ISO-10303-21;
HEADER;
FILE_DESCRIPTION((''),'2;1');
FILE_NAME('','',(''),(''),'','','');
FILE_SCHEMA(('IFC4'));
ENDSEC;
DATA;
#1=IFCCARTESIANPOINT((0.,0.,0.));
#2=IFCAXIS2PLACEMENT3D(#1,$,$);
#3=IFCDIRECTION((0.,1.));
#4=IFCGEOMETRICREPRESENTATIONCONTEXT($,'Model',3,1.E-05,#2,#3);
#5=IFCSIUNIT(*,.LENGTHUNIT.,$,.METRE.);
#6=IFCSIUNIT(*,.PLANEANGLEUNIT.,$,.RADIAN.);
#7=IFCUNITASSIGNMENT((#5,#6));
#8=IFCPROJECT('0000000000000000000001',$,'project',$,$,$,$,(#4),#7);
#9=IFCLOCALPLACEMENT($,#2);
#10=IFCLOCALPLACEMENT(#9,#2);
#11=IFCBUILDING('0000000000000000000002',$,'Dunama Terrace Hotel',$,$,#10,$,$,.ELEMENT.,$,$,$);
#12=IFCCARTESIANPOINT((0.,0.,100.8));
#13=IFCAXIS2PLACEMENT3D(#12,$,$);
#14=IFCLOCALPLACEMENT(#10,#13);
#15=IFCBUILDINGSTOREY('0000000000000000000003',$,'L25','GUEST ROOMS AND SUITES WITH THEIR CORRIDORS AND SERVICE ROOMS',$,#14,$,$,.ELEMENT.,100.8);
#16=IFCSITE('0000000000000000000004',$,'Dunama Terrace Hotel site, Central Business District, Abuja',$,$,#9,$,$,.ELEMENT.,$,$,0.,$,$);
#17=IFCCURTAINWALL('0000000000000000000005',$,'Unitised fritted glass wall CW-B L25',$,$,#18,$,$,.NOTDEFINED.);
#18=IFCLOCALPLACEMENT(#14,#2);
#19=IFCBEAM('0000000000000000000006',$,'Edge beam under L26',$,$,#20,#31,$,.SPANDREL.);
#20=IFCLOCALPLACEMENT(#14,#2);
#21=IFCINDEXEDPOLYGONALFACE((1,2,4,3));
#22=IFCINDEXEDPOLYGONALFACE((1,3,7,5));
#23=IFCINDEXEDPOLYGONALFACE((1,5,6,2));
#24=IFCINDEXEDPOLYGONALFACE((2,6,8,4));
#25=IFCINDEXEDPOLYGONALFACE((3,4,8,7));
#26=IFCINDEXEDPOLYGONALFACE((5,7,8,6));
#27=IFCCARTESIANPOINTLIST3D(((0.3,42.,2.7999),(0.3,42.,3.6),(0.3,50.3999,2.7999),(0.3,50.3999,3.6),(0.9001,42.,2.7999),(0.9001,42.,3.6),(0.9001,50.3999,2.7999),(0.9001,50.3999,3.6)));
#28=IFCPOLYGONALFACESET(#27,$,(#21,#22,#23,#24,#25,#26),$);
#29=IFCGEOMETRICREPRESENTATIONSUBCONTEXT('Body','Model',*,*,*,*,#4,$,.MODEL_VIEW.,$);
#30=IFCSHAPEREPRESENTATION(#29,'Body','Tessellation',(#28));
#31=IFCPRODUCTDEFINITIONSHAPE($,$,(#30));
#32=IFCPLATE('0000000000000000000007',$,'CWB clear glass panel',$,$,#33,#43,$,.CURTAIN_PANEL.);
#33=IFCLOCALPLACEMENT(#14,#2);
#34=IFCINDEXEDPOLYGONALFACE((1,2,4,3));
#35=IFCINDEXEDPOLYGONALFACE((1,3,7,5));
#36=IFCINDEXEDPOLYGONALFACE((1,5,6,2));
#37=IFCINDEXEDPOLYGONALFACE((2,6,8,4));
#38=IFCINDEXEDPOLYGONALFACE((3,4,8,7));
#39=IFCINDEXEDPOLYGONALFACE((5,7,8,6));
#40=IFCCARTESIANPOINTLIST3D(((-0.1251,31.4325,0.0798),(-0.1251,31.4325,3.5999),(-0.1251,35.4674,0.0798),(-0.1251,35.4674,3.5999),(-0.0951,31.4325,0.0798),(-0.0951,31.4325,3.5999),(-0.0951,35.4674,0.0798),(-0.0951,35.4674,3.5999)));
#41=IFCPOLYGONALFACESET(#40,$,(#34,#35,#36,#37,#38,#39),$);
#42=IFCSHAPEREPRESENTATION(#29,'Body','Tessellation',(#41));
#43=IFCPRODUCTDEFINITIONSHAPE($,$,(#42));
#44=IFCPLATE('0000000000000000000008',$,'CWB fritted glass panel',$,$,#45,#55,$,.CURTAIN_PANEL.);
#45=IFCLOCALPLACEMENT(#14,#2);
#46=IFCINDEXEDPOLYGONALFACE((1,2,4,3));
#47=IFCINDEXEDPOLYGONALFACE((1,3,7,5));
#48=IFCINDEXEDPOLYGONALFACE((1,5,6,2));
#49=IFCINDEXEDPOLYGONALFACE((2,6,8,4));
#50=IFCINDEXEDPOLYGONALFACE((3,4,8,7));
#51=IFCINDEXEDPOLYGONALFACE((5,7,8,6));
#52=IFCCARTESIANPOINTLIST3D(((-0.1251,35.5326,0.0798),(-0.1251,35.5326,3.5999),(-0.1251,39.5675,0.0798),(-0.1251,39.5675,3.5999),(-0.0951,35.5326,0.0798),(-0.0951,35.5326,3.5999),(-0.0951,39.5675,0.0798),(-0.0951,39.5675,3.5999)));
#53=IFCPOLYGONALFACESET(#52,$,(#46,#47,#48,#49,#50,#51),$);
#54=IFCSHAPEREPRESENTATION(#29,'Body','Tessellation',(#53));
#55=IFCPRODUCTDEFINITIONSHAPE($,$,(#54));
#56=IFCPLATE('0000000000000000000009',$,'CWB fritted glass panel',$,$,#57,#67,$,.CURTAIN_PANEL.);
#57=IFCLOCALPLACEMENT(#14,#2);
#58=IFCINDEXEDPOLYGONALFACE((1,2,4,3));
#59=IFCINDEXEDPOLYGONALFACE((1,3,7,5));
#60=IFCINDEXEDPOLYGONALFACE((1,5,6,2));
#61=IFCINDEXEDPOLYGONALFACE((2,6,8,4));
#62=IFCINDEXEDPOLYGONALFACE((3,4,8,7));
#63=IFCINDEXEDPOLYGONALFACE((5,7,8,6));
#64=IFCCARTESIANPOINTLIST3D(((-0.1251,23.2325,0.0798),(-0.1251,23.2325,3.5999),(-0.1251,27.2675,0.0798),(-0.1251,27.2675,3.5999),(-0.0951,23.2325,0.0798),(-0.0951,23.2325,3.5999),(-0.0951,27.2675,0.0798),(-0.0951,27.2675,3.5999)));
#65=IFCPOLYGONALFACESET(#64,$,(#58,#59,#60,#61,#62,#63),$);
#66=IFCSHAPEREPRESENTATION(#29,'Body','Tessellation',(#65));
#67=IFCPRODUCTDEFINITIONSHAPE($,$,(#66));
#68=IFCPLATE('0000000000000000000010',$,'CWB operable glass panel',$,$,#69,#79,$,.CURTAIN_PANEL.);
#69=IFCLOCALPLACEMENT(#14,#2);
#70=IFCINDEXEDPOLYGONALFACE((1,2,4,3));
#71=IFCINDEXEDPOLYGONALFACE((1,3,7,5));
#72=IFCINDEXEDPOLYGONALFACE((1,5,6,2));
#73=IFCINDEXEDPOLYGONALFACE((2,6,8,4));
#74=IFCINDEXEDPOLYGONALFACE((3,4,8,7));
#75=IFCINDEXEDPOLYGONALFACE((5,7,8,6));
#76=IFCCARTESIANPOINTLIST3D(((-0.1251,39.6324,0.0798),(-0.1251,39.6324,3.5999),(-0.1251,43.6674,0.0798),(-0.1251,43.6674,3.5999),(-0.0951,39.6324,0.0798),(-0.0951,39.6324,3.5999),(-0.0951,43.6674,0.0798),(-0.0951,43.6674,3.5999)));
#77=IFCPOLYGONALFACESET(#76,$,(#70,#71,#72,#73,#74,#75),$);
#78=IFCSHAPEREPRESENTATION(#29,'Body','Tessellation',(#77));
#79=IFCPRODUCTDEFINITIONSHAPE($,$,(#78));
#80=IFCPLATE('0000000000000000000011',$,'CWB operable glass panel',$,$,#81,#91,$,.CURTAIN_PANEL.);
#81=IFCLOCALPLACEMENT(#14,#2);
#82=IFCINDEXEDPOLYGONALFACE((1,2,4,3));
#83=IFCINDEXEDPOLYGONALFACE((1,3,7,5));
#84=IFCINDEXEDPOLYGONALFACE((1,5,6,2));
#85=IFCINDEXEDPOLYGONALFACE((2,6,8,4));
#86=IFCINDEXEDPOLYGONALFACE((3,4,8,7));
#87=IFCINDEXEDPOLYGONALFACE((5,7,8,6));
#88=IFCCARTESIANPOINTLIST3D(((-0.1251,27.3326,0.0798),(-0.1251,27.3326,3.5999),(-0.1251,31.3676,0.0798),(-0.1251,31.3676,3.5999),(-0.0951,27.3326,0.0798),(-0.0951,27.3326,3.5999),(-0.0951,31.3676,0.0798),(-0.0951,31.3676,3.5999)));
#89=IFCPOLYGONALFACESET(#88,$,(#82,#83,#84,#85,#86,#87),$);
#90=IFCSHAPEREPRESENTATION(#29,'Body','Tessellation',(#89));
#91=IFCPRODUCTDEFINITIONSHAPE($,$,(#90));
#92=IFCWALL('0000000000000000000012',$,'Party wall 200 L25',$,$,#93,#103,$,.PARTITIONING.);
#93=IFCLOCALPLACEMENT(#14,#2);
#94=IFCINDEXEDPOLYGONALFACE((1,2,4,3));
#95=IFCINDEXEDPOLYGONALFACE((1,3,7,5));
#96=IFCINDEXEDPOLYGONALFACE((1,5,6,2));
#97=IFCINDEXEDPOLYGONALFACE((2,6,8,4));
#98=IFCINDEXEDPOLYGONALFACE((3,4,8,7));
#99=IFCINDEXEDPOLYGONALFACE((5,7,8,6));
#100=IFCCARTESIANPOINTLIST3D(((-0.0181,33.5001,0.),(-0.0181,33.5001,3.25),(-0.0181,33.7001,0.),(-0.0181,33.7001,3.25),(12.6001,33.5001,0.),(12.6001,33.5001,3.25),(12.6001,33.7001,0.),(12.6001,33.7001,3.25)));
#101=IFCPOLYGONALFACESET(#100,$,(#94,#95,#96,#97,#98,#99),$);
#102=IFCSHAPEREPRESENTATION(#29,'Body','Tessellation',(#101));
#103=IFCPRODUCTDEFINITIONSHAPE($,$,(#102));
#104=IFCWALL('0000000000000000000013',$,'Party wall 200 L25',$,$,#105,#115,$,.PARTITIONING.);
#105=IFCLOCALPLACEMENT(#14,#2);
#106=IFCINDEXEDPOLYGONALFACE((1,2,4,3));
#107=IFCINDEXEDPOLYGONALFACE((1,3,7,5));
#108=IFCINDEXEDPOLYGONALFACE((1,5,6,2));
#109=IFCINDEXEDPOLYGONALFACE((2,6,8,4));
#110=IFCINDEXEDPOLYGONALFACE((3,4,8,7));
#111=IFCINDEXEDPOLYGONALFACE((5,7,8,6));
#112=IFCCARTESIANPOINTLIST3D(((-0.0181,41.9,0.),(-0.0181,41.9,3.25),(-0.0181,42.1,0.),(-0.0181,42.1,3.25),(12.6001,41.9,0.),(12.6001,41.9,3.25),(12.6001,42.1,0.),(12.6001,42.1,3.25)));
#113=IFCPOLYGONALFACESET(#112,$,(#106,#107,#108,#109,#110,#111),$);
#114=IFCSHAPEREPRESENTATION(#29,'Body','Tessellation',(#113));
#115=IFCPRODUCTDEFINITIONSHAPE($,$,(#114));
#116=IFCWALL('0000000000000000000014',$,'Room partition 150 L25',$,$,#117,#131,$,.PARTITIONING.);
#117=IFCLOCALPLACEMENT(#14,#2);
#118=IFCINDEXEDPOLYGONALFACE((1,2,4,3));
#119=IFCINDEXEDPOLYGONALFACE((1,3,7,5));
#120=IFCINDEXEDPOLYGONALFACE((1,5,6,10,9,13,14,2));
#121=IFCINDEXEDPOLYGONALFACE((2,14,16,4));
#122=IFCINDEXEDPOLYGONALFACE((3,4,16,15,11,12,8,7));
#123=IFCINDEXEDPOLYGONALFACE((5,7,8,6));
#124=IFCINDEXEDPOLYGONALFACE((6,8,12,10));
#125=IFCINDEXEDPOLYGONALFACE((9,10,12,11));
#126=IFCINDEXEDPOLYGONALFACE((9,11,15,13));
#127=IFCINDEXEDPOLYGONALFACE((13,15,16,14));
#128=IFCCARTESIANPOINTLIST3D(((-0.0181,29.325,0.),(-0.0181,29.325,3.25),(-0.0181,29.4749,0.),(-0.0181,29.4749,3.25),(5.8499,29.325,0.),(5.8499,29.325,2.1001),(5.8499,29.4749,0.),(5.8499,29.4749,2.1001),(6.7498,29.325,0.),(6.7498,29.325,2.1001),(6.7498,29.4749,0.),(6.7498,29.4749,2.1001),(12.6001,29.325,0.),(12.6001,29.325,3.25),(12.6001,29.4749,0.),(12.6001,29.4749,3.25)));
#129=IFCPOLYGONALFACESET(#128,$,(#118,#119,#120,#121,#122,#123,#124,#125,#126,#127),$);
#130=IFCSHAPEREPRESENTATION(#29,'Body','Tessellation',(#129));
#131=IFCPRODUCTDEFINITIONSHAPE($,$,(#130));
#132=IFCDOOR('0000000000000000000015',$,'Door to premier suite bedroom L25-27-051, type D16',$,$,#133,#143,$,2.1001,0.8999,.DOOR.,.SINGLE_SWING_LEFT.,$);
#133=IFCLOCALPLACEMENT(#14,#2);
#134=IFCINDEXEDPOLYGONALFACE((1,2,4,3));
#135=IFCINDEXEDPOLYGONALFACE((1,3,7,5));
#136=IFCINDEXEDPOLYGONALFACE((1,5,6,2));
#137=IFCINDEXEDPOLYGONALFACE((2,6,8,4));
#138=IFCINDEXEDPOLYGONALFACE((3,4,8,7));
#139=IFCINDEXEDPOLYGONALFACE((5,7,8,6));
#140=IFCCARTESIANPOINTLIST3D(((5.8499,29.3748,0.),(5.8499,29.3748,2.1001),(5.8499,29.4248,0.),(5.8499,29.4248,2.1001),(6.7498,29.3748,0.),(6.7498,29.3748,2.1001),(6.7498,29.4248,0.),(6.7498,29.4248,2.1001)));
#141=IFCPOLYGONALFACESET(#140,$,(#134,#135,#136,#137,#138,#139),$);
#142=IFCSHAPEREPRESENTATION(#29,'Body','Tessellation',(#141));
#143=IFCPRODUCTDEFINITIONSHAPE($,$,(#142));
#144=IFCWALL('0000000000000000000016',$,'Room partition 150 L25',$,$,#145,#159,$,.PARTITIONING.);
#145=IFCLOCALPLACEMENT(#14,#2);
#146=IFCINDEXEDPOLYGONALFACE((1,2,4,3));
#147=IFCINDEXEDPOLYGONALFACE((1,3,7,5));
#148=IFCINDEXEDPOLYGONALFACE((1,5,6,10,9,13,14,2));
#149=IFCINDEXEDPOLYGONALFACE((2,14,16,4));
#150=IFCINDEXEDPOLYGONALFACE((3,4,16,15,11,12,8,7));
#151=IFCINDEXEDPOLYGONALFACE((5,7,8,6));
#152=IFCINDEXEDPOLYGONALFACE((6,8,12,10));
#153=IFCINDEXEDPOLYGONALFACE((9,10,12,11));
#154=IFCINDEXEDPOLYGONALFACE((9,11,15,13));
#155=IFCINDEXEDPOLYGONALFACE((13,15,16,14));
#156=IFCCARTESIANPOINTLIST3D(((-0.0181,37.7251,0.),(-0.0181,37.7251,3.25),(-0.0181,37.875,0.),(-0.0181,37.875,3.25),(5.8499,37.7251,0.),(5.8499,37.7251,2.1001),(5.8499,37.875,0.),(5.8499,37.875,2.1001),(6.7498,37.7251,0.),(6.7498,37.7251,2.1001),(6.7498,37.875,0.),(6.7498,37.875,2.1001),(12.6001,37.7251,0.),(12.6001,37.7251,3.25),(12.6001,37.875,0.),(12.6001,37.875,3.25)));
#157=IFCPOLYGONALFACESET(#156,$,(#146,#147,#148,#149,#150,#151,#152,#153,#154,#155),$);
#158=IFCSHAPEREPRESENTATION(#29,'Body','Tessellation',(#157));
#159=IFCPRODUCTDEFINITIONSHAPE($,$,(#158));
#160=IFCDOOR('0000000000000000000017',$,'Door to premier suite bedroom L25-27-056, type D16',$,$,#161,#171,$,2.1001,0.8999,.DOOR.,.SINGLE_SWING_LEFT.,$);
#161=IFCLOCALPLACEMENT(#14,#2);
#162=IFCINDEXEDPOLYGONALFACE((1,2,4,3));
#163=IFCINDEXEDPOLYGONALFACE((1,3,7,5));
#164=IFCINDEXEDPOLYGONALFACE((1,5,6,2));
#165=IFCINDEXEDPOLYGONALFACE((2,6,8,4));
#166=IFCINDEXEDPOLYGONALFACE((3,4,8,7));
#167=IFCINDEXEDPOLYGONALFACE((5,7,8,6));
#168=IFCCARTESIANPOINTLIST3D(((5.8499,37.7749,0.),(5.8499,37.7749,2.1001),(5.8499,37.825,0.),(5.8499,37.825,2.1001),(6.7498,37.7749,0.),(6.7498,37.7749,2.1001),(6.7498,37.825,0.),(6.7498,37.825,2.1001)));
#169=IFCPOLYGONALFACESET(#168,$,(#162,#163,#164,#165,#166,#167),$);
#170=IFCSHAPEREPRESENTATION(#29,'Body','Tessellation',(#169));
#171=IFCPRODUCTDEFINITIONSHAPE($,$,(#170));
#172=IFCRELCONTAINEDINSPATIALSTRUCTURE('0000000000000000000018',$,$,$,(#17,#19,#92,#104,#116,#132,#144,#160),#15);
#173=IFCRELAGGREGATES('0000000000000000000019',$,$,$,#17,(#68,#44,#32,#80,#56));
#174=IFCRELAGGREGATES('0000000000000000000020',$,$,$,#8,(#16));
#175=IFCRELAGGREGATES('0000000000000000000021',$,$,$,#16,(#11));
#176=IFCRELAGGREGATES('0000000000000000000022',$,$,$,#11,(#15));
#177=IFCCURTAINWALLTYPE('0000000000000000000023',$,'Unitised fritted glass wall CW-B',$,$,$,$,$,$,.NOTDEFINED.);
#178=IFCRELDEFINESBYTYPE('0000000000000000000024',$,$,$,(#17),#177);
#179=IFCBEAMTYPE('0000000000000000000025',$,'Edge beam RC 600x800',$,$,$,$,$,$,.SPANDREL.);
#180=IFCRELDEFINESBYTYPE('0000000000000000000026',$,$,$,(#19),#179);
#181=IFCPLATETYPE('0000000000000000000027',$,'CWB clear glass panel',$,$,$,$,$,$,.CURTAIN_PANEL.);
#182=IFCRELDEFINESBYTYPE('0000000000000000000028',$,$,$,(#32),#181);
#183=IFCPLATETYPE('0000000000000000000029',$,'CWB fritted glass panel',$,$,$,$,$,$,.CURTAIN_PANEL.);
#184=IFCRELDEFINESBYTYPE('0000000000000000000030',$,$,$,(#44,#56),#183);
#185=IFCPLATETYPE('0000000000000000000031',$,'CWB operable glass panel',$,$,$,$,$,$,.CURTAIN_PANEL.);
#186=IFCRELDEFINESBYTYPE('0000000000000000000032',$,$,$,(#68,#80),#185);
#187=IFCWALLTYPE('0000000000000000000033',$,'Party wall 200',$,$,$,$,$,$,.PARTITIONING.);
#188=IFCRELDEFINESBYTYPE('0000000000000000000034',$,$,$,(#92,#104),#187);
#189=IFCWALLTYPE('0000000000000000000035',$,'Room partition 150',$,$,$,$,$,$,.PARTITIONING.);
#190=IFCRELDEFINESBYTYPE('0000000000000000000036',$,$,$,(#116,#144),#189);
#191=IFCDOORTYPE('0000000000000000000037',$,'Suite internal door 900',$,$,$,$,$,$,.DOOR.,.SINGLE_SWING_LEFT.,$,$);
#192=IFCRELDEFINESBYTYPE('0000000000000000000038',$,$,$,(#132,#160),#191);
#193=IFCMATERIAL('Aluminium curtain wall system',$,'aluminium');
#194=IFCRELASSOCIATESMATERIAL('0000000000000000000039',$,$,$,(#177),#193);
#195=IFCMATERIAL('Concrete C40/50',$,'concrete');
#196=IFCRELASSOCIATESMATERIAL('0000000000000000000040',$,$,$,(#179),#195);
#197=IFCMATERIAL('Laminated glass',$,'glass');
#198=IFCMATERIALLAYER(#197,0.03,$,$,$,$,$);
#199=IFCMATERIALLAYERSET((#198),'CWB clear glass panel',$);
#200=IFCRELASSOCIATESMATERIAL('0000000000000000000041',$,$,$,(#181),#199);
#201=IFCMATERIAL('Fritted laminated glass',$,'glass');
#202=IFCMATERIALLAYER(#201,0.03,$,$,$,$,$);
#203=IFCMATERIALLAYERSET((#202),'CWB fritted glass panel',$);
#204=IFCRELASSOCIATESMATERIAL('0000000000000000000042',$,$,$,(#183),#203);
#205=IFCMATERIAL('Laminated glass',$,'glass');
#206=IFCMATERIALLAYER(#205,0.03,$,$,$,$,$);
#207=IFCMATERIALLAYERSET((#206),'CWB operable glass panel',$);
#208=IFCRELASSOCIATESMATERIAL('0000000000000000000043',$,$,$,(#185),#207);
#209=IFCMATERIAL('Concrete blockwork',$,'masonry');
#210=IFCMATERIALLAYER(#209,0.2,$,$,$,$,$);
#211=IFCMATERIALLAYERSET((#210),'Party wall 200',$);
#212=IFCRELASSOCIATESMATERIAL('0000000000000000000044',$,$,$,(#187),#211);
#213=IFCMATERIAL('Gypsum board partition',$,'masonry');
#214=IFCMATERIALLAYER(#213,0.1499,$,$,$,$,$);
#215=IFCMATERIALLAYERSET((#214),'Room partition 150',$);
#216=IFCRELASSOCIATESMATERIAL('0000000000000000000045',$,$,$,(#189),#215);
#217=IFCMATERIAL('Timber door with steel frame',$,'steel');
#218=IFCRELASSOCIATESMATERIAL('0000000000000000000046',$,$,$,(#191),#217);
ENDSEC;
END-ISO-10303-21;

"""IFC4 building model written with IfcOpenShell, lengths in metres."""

from ifc_helpers import new_model, si_unit, direction, frame, frame_2d, origin, origin_2d, place, context, subcontext, project, spatial, rectangle, extrude, material, layer, layer_set, material_profile, profile_set, type_object, element, fill, aggregate, save


model = new_model("IFC4")

# Units and contexts
model_context = context("Model", 3, precision=1e-05, world=origin(), true_north=direction((0.0, 1.0)))
body_context = subcontext(model_context, "Body", "Model", "MODEL_VIEW")
ifc_project = project(units=[si_unit("LENGTHUNIT", "METRE"), si_unit("PLANEANGLEUNIT", "RADIAN")], contexts=[model_context])

# Site, building, storey
site_placement = place(None, origin())
site = spatial("IfcSite", under=ifc_project, at=site_placement, Name="Dunama Terrace Hotel site, Central Business District, Abuja", CompositionType="ELEMENT", RefElevation=0.0)
building_placement = place(site_placement, origin())
building = spatial("IfcBuilding", under=site, at=building_placement, Name="Dunama Terrace Hotel", CompositionType="ELEMENT")
storey_placement = place(building_placement, frame((0.0, 0.0, 100.8)))
storey = spatial("IfcBuildingStorey", under=building, at=storey_placement, Name="L25", Description="GUEST ROOMS AND SUITES WITH THEIR CORRIDORS AND SERVICE ROOMS", CompositionType="ELEMENT", Elevation=100.8)

# Curtain wall
ifc_material_1 = material(Name="Aluminium curtain wall system", Category="aluminium")
curtain_wall_type = type_object("IfcCurtainWallType", Name="Unitised fritted glass wall CW-B", PredefinedType="NOTDEFINED", material=ifc_material_1)
curtain_wall_placement = place(storey_placement, origin())
curtain_wall = element("IfcCurtainWall", 1, at=curtain_wall_placement, inside=storey, type_object=curtain_wall_type, Name="Unitised fritted glass wall CW-B L25", PredefinedType="NOTDEFINED")

# Beam
ifc_material_2 = material(Name="Concrete C40/50", Category="concrete")
ifc_material_profile_1 = material_profile(ifc_material_2, rectangle(XDim=0.6001, YDim=0.8, at=origin_2d()), Name="RC 600x800")
ifc_profile_set_1 = profile_set([ifc_material_profile_1], Name="Concrete C40/50")
beam_type = type_object("IfcBeamType", Name="Edge beam RC 600x800", PredefinedType="SPANDREL", material=ifc_profile_set_1)
for number, where, z_axis, x_axis, name in (
    (2, (0.6001, 42.0, 3.2), (0.0, 1.0, 0.0), (-1.0, 0.0, 0.0), "Edge beam under L26"),
):
    element("IfcBeam", number, at=place(storey_placement, frame(where, z_axis=z_axis, x_axis=x_axis)), inside=storey, type_object=beam_type, Name=name, PredefinedType="SPANDREL", context=body_context, shape_type="SweptSolid", body=[
        extrude(rectangle(XDim=0.6001, YDim=0.8, at=origin_2d()), origin(), (0.0, 0.0, 1.0), 8.3999),
    ])

# Plates
ifc_material_3 = material(Name="Laminated glass", Category="glass")
ifc_layer_1 = layer(ifc_material_3, 0.03)
ifc_layer_set_1 = layer_set([ifc_layer_1], Name="CWB clear glass panel")
plate_type_1 = type_object("IfcPlateType", Name="CWB clear glass panel", PredefinedType="CURTAIN_PANEL", material=ifc_layer_set_1)
plate_1_placement = place(storey_placement, frame((-0.1101, 33.45, 0.0798), z_axis=(0.0, 0.0, 1.0), x_axis=(0.0, -1.0, 0.0)))
plate_1 = element("IfcPlate", 3, at=plate_1_placement, type_object=plate_type_1, Name="CWB clear glass panel", PredefinedType="CURTAIN_PANEL", context=body_context, shape_type="SweptSolid", body=[
    extrude(rectangle(XDim=4.0349, YDim=0.03, at=origin_2d()), origin(), (0.0, 0.0, 1.0), 3.52),
])
ifc_material_4 = material(Name="Fritted laminated glass", Category="glass")
ifc_layer_2 = layer(ifc_material_4, 0.03)
ifc_layer_set_2 = layer_set([ifc_layer_2], Name="CWB fritted glass panel")
plate_type_2 = type_object("IfcPlateType", Name="CWB fritted glass panel", PredefinedType="CURTAIN_PANEL", material=ifc_layer_set_2)
plate_2_placement = place(storey_placement, frame((-0.1101, 37.55, 0.0798), z_axis=(0.0, 0.0, 1.0), x_axis=(0.0, -1.0, 0.0)))
plate_2 = element("IfcPlate", 4, at=plate_2_placement, type_object=plate_type_2, Name="CWB fritted glass panel", PredefinedType="CURTAIN_PANEL", context=body_context, shape_type="SweptSolid", body=[
    extrude(rectangle(XDim=4.0349, YDim=0.03, at=origin_2d()), origin(), (0.0, 0.0, 1.0), 3.52),
])
plate_3_placement = place(storey_placement, frame((-0.1101, 25.25, 0.0798), z_axis=(0.0, 0.0, 1.0), x_axis=(0.0, -1.0, 0.0)))
plate_3 = element("IfcPlate", 5, at=plate_3_placement, type_object=plate_type_2, Name="CWB fritted glass panel", PredefinedType="CURTAIN_PANEL", context=body_context, shape_type="SweptSolid", body=[
    extrude(rectangle(XDim=4.0349, YDim=0.03, at=origin_2d()), origin(), (0.0, 0.0, 1.0), 3.52),
])
ifc_material_5 = material(Name="Laminated glass", Category="glass")
ifc_layer_3 = layer(ifc_material_5, 0.03)
ifc_layer_set_3 = layer_set([ifc_layer_3], Name="CWB operable glass panel")
plate_type_3 = type_object("IfcPlateType", Name="CWB operable glass panel", PredefinedType="CURTAIN_PANEL", material=ifc_layer_set_3)
plate_4_placement = place(storey_placement, frame((-0.1101, 41.6499, 0.0798), z_axis=(0.0, 0.0, 1.0), x_axis=(0.0, -1.0, 0.0)))
plate_4 = element("IfcPlate", 6, at=plate_4_placement, type_object=plate_type_3, Name="CWB operable glass panel", PredefinedType="CURTAIN_PANEL", context=body_context, shape_type="SweptSolid", body=[
    extrude(rectangle(XDim=4.0349, YDim=0.03, at=origin_2d()), origin(), (0.0, 0.0, 1.0), 3.52),
])
plate_5_placement = place(storey_placement, frame((-0.1101, 29.3501, 0.0798), z_axis=(0.0, 0.0, 1.0), x_axis=(0.0, -1.0, 0.0)))
plate_5 = element("IfcPlate", 7, at=plate_5_placement, type_object=plate_type_3, Name="CWB operable glass panel", PredefinedType="CURTAIN_PANEL", context=body_context, shape_type="SweptSolid", body=[
    extrude(rectangle(XDim=4.0349, YDim=0.03, at=origin_2d()), origin(), (0.0, 0.0, 1.0), 3.52),
])
aggregate(curtain_wall, [plate_4, plate_2, plate_1, plate_5, plate_3])

# Walls
ifc_material_6 = material(Name="Concrete blockwork", Category="masonry")
ifc_layer_4 = layer(ifc_material_6, 0.2)
ifc_layer_set_4 = layer_set([ifc_layer_4], Name="Party wall 200")
wall_type_1 = type_object("IfcWallType", Name="Party wall 200", PredefinedType="PARTITIONING", material=ifc_layer_set_4)
for number, where, z_axis, x_axis, name in (
    (8, (-0.0181, 33.6001, 0.0), (0.0, 0.0, 1.0), (1.0, 0.0, 0.0), "Party wall 200 L25"),
    (9, (-0.0181, 42.0, 0.0), (0.0, 0.0, 1.0), (1.0, 0.0, 0.0), "Party wall 200 L25"),
):
    element("IfcWall", number, at=place(storey_placement, frame(where, z_axis=z_axis, x_axis=x_axis)), inside=storey, type_object=wall_type_1, Name=name, PredefinedType="PARTITIONING", context=body_context, shape_type="SweptSolid", body=[
        extrude(rectangle(XDim=12.6182, YDim=0.2, at=frame_2d((6.3091, 0.0))), origin(), (0.0, 0.0, 1.0), 3.25),
    ])

# Walls, openings, doors
ifc_material_7 = material(Name="Gypsum board partition", Category="masonry")
ifc_layer_5 = layer(ifc_material_7, 0.1499)
ifc_layer_set_5 = layer_set([ifc_layer_5], Name="Room partition 150")
wall_type_2 = type_object("IfcWallType", Name="Room partition 150", PredefinedType="PARTITIONING", material=ifc_layer_set_5)
wall_1_placement = place(storey_placement, frame((-0.0181, 29.3999, 0.0), z_axis=(0.0, 0.0, 1.0), x_axis=(1.0, 0.0, 0.0)))
wall_1 = element("IfcWall", 10, at=wall_1_placement, inside=storey, type_object=wall_type_2, Name="Room partition 150 L25", PredefinedType="PARTITIONING", context=body_context, shape_type="SweptSolid", body=[
    extrude(rectangle(XDim=12.6182, YDim=0.1499, at=frame_2d((6.3091, 0.0))), origin(), (0.0, 0.0, 1.0), 3.25),
])
opening_1_placement = place(wall_1_placement, frame((5.8679, 0.0, 0.0)))
opening_1 = element("IfcOpeningElement", 11, at=opening_1_placement, cuts=wall_1, PredefinedType="OPENING", context=body_context, shape_type="SweptSolid", body=[
    extrude(rectangle(XDim=0.8999, YDim=2.1001, at=frame_2d((0.45, 1.05))), frame((0.0, 0.085, 0.0), z_axis=(0.0, -1.0, 0.0), x_axis=(1.0, 0.0, 0.0)), (0.0, 0.0, 1.0), 0.1699),
])
ifc_material_8 = material(Name="Timber door with steel frame", Category="steel")
door_type = type_object("IfcDoorType", Name="Suite internal door 900", OperationType="SINGLE_SWING_LEFT", PredefinedType="DOOR", material=ifc_material_8)
door_1_placement = place(opening_1_placement, origin())
door_1 = element("IfcDoor", 12, at=door_1_placement, inside=storey, type_object=door_type, Name="Door to premier suite bedroom L25-27-051, type D16", OperationType="SINGLE_SWING_LEFT", OverallHeight=2.1001, OverallWidth=0.8999, PredefinedType="DOOR", context=body_context, shape_type="SweptSolid", body=[
    extrude(rectangle(XDim=0.8999, YDim=2.1001, at=frame_2d((0.45, 1.05))), frame((0.0, 0.0249, 0.0), z_axis=(0.0, -1.0, 0.0), x_axis=(1.0, 0.0, 0.0)), (0.0, 0.0, 1.0), 0.05),
])
fill(opening_1, door_1)
wall_2_placement = place(storey_placement, frame((-0.0181, 37.8, 0.0), z_axis=(0.0, 0.0, 1.0), x_axis=(1.0, 0.0, 0.0)))
wall_2 = element("IfcWall", 13, at=wall_2_placement, inside=storey, type_object=wall_type_2, Name="Room partition 150 L25", PredefinedType="PARTITIONING", context=body_context, shape_type="SweptSolid", body=[
    extrude(rectangle(XDim=12.6182, YDim=0.1499, at=frame_2d((6.3091, 0.0))), origin(), (0.0, 0.0, 1.0), 3.25),
])
opening_2_placement = place(wall_2_placement, frame((5.8679, 0.0, 0.0)))
opening_2 = element("IfcOpeningElement", 14, at=opening_2_placement, cuts=wall_2, PredefinedType="OPENING", context=body_context, shape_type="SweptSolid", body=[
    extrude(rectangle(XDim=0.8999, YDim=2.1001, at=frame_2d((0.45, 1.05))), frame((0.0, 0.085, 0.0), z_axis=(0.0, -1.0, 0.0), x_axis=(1.0, 0.0, 0.0)), (0.0, 0.0, 1.0), 0.1699),
])
door_2_placement = place(opening_2_placement, origin())
door_2 = element("IfcDoor", 15, at=door_2_placement, inside=storey, type_object=door_type, Name="Door to premier suite bedroom L25-27-056, type D16", OperationType="SINGLE_SWING_LEFT", OverallHeight=2.1001, OverallWidth=0.8999, PredefinedType="DOOR", context=body_context, shape_type="SweptSolid", body=[
    extrude(rectangle(XDim=0.8999, YDim=2.1001, at=frame_2d((0.45, 1.05))), frame((0.0, 0.0249, 0.0), z_axis=(0.0, -1.0, 0.0), x_axis=(1.0, 0.0, 0.0)), (0.0, 0.0, 1.0), 0.05),
])
fill(opening_2, door_2)

save(model, "model.ifc")
